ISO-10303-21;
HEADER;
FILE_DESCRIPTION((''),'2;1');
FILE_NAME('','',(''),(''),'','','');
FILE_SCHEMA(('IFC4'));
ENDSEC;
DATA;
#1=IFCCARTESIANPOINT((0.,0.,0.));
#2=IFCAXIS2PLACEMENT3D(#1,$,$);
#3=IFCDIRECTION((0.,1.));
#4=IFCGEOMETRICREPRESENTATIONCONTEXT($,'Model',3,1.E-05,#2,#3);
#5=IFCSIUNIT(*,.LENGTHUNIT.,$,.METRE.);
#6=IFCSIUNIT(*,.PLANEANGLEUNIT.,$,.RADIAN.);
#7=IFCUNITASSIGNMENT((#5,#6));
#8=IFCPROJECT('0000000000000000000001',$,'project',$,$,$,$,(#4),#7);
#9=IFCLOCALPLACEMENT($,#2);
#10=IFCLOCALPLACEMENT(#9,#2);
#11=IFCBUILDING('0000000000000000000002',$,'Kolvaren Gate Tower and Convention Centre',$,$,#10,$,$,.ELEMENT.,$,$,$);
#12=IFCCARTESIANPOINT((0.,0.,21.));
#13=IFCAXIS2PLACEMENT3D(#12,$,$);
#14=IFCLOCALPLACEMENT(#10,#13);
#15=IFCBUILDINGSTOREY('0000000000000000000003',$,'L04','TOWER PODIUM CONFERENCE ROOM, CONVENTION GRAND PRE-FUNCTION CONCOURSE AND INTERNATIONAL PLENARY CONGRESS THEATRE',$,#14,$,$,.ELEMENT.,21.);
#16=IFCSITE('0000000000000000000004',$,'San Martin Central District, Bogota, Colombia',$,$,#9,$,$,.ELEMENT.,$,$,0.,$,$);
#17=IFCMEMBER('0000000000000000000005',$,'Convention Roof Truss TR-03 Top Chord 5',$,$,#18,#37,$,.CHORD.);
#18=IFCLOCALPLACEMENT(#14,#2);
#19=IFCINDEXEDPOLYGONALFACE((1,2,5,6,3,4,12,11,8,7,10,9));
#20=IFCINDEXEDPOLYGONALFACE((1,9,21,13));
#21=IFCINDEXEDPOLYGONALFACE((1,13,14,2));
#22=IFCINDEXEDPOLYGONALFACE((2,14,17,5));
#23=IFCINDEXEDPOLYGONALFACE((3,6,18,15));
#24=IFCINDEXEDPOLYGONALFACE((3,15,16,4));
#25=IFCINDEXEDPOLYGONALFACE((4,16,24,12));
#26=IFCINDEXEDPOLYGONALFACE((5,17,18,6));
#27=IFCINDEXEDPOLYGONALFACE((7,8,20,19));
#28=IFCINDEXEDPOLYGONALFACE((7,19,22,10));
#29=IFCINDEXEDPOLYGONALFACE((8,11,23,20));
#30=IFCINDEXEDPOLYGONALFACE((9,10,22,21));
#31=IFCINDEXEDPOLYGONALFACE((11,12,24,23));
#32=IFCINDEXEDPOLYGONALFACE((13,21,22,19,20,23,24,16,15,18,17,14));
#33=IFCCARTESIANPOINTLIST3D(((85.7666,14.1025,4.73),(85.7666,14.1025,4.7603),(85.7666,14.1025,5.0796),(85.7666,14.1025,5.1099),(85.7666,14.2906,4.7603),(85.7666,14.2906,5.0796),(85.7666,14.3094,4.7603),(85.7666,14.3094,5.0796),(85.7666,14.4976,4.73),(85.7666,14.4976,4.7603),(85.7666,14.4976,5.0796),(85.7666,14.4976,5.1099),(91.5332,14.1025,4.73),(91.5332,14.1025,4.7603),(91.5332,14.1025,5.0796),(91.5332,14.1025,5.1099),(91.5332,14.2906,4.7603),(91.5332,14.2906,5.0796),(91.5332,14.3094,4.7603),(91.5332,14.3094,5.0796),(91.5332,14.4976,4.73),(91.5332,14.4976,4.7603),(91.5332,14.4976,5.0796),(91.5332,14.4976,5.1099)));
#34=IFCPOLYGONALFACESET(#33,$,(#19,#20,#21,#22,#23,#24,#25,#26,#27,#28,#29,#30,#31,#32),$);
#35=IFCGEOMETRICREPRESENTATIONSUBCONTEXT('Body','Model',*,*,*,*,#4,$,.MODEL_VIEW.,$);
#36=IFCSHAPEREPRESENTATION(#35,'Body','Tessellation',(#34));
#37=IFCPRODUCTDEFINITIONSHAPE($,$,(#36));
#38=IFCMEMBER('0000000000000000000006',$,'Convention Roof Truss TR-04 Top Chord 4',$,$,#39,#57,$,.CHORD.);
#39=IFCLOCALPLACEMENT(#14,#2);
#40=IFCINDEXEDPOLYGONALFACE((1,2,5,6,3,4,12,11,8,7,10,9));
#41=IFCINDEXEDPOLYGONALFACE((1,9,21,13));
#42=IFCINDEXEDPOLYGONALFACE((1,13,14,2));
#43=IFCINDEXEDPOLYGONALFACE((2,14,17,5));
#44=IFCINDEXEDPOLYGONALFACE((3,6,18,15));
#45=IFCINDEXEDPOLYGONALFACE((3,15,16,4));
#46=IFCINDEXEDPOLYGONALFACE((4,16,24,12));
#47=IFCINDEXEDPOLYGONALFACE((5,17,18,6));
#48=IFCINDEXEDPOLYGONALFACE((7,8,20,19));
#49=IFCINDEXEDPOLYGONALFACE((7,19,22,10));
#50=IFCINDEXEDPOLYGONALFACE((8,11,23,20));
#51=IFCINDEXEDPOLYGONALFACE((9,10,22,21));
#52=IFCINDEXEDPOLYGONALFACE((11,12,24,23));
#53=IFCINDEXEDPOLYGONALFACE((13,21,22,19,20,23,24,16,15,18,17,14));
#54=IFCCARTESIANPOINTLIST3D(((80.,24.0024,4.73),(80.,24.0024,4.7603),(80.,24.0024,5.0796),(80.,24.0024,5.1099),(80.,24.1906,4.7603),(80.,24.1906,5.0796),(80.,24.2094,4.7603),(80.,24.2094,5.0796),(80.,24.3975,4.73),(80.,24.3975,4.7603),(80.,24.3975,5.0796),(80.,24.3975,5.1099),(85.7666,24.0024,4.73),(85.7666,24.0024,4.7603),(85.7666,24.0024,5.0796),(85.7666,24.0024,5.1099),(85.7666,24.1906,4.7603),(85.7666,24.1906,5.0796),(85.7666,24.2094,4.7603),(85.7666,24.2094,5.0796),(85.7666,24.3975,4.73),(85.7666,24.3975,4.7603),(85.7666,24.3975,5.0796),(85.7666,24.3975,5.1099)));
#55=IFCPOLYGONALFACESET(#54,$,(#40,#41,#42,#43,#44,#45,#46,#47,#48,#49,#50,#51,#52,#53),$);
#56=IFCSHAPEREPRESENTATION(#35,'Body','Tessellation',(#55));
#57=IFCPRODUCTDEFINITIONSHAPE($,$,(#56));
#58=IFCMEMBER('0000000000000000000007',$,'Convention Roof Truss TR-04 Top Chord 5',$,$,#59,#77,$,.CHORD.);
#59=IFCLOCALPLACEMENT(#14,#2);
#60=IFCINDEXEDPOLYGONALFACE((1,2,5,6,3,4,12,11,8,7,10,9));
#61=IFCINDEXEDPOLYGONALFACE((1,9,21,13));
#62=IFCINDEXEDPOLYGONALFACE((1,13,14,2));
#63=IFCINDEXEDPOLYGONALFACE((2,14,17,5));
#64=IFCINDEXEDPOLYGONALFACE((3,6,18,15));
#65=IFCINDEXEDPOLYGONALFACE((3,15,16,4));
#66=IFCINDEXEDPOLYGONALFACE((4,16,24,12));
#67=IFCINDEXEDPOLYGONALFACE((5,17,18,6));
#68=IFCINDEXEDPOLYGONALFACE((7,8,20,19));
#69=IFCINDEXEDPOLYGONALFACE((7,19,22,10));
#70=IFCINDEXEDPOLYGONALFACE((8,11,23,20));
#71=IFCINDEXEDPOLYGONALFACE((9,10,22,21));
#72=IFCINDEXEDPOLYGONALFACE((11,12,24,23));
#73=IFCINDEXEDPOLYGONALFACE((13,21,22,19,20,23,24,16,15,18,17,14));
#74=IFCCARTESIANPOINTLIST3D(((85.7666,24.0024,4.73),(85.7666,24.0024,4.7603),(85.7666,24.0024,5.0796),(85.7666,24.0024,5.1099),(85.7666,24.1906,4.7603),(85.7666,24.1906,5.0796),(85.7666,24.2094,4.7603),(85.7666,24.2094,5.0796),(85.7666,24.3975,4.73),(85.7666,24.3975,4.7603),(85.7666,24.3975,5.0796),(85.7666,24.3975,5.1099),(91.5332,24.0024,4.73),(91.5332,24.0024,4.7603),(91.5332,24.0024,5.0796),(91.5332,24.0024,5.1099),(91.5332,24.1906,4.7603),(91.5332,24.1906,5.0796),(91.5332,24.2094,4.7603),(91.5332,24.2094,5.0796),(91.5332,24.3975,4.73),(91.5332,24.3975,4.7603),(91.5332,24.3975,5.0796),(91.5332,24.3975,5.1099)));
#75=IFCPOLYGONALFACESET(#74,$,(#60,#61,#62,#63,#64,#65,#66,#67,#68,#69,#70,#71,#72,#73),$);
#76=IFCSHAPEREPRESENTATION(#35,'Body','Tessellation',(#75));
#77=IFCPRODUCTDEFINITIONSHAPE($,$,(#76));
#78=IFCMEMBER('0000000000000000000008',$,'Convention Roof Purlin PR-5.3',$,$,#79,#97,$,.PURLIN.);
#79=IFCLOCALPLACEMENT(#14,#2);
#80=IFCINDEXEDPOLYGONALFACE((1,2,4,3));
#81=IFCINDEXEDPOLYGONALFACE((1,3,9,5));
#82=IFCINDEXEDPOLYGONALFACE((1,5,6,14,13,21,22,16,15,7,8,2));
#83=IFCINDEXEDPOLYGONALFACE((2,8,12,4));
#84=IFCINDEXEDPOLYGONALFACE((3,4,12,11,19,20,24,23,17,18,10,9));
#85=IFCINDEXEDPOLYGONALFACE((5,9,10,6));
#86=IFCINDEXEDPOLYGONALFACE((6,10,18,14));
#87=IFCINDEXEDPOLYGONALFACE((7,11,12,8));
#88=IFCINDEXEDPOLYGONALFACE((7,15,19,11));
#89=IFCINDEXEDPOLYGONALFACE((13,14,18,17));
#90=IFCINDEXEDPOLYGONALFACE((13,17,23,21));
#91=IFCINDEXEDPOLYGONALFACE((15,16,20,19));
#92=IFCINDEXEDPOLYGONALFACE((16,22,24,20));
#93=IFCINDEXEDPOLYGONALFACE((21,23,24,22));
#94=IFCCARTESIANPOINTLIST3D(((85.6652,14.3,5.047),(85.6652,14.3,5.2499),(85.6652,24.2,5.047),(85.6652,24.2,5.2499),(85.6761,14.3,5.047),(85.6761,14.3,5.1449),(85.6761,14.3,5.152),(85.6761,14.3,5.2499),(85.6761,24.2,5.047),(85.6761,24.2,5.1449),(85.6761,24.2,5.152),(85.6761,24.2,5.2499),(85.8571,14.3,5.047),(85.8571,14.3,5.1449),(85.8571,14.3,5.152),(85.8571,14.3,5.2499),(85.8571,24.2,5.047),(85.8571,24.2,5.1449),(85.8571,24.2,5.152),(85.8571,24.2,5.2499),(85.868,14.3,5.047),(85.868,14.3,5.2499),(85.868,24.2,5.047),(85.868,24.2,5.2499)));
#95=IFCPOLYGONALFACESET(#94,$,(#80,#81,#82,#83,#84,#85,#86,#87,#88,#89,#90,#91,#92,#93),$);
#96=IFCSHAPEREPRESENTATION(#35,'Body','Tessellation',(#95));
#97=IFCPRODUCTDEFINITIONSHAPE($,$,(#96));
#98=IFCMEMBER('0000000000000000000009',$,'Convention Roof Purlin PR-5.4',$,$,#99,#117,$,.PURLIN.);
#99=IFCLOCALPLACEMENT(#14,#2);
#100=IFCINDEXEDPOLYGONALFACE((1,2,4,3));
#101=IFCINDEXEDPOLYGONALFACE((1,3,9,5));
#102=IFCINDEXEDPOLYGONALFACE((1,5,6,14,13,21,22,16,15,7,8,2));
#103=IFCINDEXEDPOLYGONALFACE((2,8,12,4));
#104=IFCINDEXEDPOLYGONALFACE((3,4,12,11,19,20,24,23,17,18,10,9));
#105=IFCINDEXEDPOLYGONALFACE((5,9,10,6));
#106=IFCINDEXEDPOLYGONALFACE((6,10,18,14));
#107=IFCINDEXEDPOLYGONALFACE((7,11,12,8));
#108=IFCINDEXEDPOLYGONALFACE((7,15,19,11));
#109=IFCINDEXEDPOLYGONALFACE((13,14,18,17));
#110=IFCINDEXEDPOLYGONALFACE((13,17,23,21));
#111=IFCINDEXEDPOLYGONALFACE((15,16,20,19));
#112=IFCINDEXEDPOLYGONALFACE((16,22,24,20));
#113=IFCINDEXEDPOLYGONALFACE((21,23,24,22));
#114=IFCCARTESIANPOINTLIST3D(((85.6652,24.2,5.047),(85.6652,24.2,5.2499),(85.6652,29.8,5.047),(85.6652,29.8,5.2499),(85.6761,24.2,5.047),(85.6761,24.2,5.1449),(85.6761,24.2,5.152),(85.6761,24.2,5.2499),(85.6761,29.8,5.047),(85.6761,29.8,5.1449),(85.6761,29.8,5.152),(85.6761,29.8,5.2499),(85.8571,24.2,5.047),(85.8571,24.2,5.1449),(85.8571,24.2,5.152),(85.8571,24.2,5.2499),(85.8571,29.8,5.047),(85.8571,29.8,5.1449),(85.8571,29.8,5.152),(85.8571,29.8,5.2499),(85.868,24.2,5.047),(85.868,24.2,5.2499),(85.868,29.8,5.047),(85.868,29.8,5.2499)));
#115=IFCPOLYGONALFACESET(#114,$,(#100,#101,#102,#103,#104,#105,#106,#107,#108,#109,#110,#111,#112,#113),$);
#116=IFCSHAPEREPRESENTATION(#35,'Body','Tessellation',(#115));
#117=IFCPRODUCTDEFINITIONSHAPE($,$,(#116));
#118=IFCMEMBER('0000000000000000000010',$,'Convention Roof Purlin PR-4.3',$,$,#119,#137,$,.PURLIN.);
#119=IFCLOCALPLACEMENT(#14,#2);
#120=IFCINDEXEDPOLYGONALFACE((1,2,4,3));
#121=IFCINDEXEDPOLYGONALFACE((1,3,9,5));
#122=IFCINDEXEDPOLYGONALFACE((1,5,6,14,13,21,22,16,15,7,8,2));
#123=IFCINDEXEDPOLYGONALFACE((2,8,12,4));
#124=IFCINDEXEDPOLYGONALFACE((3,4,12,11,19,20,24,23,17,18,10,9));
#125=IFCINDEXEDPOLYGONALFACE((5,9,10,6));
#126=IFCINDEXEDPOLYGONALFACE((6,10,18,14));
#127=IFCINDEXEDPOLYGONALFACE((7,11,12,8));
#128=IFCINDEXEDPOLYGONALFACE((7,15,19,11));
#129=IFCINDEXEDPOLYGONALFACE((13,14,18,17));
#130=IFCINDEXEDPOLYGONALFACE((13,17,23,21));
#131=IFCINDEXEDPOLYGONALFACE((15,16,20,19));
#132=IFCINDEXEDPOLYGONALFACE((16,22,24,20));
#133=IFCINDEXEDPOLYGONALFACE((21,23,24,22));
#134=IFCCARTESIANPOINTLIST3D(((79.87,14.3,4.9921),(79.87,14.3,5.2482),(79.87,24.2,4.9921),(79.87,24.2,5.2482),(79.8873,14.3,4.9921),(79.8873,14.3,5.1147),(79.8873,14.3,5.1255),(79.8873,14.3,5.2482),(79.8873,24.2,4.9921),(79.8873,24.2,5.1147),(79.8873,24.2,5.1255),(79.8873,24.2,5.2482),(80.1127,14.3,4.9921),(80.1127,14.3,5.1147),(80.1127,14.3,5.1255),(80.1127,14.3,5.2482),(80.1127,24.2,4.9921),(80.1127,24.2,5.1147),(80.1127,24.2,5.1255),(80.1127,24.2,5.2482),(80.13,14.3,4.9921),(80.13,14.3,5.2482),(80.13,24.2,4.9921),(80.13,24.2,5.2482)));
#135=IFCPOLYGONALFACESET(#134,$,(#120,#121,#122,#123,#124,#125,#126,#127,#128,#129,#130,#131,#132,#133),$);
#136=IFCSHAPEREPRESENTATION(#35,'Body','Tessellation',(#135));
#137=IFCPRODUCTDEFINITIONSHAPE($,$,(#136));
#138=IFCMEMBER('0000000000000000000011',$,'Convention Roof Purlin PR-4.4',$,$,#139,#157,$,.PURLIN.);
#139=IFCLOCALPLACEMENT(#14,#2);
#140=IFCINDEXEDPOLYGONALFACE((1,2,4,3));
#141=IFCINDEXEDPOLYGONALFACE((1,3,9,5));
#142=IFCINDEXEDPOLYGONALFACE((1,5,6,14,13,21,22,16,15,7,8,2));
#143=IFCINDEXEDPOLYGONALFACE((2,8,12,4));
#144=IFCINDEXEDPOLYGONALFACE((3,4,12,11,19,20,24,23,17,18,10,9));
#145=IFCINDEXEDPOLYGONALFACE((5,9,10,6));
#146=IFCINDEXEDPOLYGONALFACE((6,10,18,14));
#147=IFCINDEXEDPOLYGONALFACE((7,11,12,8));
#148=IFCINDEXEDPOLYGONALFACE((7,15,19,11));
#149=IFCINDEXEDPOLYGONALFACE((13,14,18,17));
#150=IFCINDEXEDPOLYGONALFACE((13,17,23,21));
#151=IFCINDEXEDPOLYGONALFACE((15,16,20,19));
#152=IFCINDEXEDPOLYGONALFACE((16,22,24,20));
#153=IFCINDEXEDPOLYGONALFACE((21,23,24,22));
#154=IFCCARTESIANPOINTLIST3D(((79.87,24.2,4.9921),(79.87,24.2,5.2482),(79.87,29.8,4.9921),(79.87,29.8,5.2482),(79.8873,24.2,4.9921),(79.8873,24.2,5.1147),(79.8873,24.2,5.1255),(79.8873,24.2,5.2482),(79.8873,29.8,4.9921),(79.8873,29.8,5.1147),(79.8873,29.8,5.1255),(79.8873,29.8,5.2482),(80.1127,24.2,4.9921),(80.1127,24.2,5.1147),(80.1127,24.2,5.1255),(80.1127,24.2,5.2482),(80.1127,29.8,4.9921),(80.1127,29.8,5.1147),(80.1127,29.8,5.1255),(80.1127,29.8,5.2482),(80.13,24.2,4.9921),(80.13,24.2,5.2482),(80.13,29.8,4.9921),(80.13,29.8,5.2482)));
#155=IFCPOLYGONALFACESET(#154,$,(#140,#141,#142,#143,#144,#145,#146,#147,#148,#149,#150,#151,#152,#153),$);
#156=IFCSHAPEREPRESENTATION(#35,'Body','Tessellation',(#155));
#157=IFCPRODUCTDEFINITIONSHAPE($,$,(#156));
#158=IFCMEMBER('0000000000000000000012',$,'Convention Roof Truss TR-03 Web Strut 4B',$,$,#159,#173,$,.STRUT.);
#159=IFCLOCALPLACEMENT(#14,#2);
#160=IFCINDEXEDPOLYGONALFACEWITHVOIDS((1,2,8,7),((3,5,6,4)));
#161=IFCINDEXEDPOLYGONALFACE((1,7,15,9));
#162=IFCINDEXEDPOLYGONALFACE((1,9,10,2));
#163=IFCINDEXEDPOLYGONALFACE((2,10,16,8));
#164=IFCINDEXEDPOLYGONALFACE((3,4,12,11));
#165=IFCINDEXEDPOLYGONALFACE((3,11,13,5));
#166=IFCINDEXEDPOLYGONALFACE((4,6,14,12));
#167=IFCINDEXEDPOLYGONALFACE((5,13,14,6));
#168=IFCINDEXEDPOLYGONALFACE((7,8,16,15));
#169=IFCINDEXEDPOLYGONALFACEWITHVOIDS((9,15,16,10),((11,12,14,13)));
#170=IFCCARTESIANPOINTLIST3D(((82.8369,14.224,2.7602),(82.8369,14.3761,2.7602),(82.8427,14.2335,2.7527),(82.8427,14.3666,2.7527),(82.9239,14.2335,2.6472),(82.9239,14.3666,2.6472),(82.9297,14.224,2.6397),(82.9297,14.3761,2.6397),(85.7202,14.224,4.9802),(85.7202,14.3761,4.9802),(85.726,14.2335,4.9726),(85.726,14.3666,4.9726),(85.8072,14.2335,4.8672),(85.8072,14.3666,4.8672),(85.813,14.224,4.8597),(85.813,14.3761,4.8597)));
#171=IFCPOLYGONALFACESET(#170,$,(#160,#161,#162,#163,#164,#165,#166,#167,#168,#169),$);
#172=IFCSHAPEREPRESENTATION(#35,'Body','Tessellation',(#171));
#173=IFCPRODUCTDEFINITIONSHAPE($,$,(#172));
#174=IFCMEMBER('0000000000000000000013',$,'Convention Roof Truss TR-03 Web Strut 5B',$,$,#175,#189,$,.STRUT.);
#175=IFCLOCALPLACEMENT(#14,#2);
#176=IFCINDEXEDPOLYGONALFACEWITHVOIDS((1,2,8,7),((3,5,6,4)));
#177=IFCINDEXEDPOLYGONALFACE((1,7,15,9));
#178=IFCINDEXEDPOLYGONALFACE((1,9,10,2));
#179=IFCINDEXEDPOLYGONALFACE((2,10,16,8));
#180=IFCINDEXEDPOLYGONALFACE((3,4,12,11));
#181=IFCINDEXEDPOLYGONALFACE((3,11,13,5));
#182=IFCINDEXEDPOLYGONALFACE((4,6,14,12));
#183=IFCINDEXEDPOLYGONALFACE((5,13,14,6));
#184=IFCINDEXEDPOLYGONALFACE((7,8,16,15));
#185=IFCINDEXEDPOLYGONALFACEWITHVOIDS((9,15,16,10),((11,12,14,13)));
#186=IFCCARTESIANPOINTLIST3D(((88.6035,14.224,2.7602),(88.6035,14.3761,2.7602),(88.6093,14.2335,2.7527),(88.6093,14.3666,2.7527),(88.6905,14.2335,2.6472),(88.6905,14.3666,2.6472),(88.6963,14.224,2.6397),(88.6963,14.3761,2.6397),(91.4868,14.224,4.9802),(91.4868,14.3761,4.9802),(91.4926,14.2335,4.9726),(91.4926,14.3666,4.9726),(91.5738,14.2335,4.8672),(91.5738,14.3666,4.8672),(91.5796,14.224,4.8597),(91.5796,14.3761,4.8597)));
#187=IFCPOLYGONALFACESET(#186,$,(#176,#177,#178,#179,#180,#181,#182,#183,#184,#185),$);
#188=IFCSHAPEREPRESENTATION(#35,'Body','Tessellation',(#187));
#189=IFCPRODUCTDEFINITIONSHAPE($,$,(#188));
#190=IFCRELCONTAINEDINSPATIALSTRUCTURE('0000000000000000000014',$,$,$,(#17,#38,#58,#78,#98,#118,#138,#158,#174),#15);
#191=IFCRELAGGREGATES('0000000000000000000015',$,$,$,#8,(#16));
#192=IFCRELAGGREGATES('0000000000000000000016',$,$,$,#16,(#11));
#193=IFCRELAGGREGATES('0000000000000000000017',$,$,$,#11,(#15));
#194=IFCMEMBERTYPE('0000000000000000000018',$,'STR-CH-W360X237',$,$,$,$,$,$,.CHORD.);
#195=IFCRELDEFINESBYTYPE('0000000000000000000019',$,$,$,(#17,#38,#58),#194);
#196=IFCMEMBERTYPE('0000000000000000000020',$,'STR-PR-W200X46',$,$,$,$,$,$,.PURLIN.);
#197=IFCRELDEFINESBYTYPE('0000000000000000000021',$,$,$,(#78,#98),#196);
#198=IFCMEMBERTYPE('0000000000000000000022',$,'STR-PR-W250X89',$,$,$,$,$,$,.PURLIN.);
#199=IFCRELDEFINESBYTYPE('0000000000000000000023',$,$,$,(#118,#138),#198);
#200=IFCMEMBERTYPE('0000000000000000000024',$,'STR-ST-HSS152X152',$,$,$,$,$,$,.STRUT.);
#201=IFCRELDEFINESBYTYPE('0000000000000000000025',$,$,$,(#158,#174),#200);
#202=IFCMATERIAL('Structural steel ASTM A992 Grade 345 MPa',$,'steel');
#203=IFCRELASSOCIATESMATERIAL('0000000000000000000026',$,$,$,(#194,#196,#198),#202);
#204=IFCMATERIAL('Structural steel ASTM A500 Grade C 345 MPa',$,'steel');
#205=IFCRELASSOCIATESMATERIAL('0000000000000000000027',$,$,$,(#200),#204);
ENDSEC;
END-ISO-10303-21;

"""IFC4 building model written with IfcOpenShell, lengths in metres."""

from ifc_helpers import new_model, si_unit, direction, frame, origin, origin_2d, place, context, subcontext, project, spatial, hollow_rectangle, i_section, extrude, material, material_profile, profile_set, type_object, element, save


model = new_model("IFC4")

# Units and contexts
model_context = context("Model", 3, precision=1e-05, world=origin(), true_north=direction((0.0, 1.0)))
body_context = subcontext(model_context, "Body", "Model", "MODEL_VIEW")
ifc_project = project(units=[si_unit("LENGTHUNIT", "METRE"), si_unit("PLANEANGLEUNIT", "RADIAN")], contexts=[model_context])

# Site, building, storey
site_placement = place(None, origin())
site = spatial("IfcSite", under=ifc_project, at=site_placement, Name="San Martin Central District, Bogota, Colombia", CompositionType="ELEMENT", RefElevation=0.0)
building_placement = place(site_placement, origin())
building = spatial("IfcBuilding", under=site, at=building_placement, Name="Kolvaren Gate Tower and Convention Centre", CompositionType="ELEMENT")
storey_placement = place(building_placement, frame((0.0, 0.0, 21.0)))
storey = spatial("IfcBuildingStorey", under=building, at=storey_placement, Name="L04", Description="TOWER PODIUM CONFERENCE ROOM, CONVENTION GRAND PRE-FUNCTION CONCOURSE AND INTERNATIONAL PLENARY CONGRESS THEATRE", CompositionType="ELEMENT", Elevation=21.0)

# Shared definitions
ifc_material_1 = material(Name="Structural steel ASTM A992 Grade 345 MPa", Category="steel")

# Members
ifc_material_2 = material(Name="Structural steel ASTM A500 Grade C 345 MPa", Category="steel")
ifc_material_profile_1 = material_profile(ifc_material_1, i_section(OverallWidth=0.395, OverallDepth=0.3799, WebThickness=0.0188, FlangeThickness=0.0303, at=origin_2d()), Name="W360X237")
ifc_profile_set_1 = profile_set([ifc_material_profile_1], Name="Structural steel ASTM A992 Grade 345 MPa")
member_type_1 = type_object("IfcMemberType", Name="STR-CH-W360X237", PredefinedType="CHORD", material=ifc_profile_set_1)
for number, where, z_axis, x_axis, name in (
    (1, (85.7666, 14.3, 4.9199), (1.0, 0.0, 0.0), (0.0, 1.0, 0.0), "Convention Roof Truss TR-03 Top Chord 5"),
    (2, (80.0, 24.2, 4.9199), (1.0, 0.0, 0.0), (0.0, 1.0, 0.0), "Convention Roof Truss TR-04 Top Chord 4"),
    (3, (85.7666, 24.2, 4.9199), (1.0, 0.0, 0.0), (0.0, 1.0, 0.0), "Convention Roof Truss TR-04 Top Chord 5"),
):
    element("IfcMember", number, at=place(storey_placement, frame(where, z_axis=z_axis, x_axis=x_axis)), inside=storey, type_object=member_type_1, Name=name, PredefinedType="CHORD", context=body_context, shape_type="SweptSolid", body=[
        extrude(i_section(OverallWidth=0.395, OverallDepth=0.3799, WebThickness=0.0188, FlangeThickness=0.0303, at=origin_2d()), origin(), (0.0, 0.0, 1.0), 5.7666),
    ])
ifc_material_profile_2 = material_profile(ifc_material_1, i_section(OverallWidth=0.2029, OverallDepth=0.2029, WebThickness=0.0071, FlangeThickness=0.011, at=origin_2d()), Name="W200X46")
ifc_profile_set_2 = profile_set([ifc_material_profile_2], Name="Structural steel ASTM A992 Grade 345 MPa")
member_type_2 = type_object("IfcMemberType", Name="STR-PR-W200X46", PredefinedType="PURLIN", material=ifc_profile_set_2)
member_1_placement = place(storey_placement, frame((85.7666, 14.3, 5.1484), z_axis=(0.0, 1.0, 0.0), x_axis=(0.0, 0.0, 1.0)))
element("IfcMember", 4, at=member_1_placement, inside=storey, type_object=member_type_2, Name="Convention Roof Purlin PR-5.3", PredefinedType="PURLIN", context=body_context, shape_type="SweptSolid", body=[
    extrude(i_section(OverallWidth=0.2029, OverallDepth=0.2029, WebThickness=0.0071, FlangeThickness=0.011, at=origin_2d()), origin(), (0.0, 0.0, 1.0), 9.8999),
])
member_2_placement = place(storey_placement, frame((85.7666, 24.2, 5.1484), z_axis=(0.0, 1.0, 0.0), x_axis=(0.0, 0.0, 1.0)))
element("IfcMember", 5, at=member_2_placement, inside=storey, type_object=member_type_2, Name="Convention Roof Purlin PR-5.4", PredefinedType="PURLIN", context=body_context, shape_type="SweptSolid", body=[
    extrude(i_section(OverallWidth=0.2029, OverallDepth=0.2029, WebThickness=0.0071, FlangeThickness=0.011, at=origin_2d()), origin(), (0.0, 0.0, 1.0), 5.6001),
])
ifc_material_profile_3 = material_profile(ifc_material_1, i_section(OverallWidth=0.2561, OverallDepth=0.26, WebThickness=0.0107, FlangeThickness=0.0173, at=origin_2d()), Name="W250X89")
ifc_profile_set_3 = profile_set([ifc_material_profile_3], Name="Structural steel ASTM A992 Grade 345 MPa")
member_type_3 = type_object("IfcMemberType", Name="STR-PR-W250X89", PredefinedType="PURLIN", material=ifc_profile_set_3)
member_3_placement = place(storey_placement, frame((80.0, 14.3, 5.1201), z_axis=(0.0, 1.0, 0.0), x_axis=(0.0, 0.0, 1.0)))
element("IfcMember", 6, at=member_3_placement, inside=storey, type_object=member_type_3, Name="Convention Roof Purlin PR-4.3", PredefinedType="PURLIN", context=body_context, shape_type="SweptSolid", body=[
    extrude(i_section(OverallWidth=0.2561, OverallDepth=0.26, WebThickness=0.0107, FlangeThickness=0.0173, at=origin_2d()), origin(), (0.0, 0.0, 1.0), 9.8999),
])
member_4_placement = place(storey_placement, frame((80.0, 24.2, 5.1201), z_axis=(0.0, 1.0, 0.0), x_axis=(0.0, 0.0, 1.0)))
element("IfcMember", 7, at=member_4_placement, inside=storey, type_object=member_type_3, Name="Convention Roof Purlin PR-4.4", PredefinedType="PURLIN", context=body_context, shape_type="SweptSolid", body=[
    extrude(i_section(OverallWidth=0.2561, OverallDepth=0.26, WebThickness=0.0107, FlangeThickness=0.0173, at=origin_2d()), origin(), (0.0, 0.0, 1.0), 5.6001),
])
ifc_material_profile_4 = material_profile(ifc_material_2, hollow_rectangle(XDim=0.1521, YDim=0.1521, WallThickness=0.0095, at=origin_2d()), Name="HSS152X152X9.5")
ifc_profile_set_4 = profile_set([ifc_material_profile_4], Name="Structural steel ASTM A500 Grade C 345 MPa")
member_type_4 = type_object("IfcMemberType", Name="STR-ST-HSS152X152", PredefinedType="STRUT", material=ifc_profile_set_4)
for number, where, z_axis, x_axis, name in (
    (8, (82.8833, 14.3, 2.7), (0.792352, 0.0, 0.610064), (0.0, 1.0, 0.0), "Convention Roof Truss TR-03 Web Strut 4B"),
    (9, (88.6499, 14.3, 2.7), (0.792352, 0.0, 0.610064), (0.0, 1.0, 0.0), "Convention Roof Truss TR-03 Web Strut 5B"),
):
    element("IfcMember", number, at=place(storey_placement, frame(where, z_axis=z_axis, x_axis=x_axis)), inside=storey, type_object=member_type_4, Name=name, PredefinedType="STRUT", context=body_context, shape_type="SweptSolid", body=[
        extrude(hollow_rectangle(XDim=0.1521, YDim=0.1521, WallThickness=0.0095, at=origin_2d()), origin(), (0.0, 0.0, 1.0), 3.6389),
    ])

save(model, "model.ifc")
